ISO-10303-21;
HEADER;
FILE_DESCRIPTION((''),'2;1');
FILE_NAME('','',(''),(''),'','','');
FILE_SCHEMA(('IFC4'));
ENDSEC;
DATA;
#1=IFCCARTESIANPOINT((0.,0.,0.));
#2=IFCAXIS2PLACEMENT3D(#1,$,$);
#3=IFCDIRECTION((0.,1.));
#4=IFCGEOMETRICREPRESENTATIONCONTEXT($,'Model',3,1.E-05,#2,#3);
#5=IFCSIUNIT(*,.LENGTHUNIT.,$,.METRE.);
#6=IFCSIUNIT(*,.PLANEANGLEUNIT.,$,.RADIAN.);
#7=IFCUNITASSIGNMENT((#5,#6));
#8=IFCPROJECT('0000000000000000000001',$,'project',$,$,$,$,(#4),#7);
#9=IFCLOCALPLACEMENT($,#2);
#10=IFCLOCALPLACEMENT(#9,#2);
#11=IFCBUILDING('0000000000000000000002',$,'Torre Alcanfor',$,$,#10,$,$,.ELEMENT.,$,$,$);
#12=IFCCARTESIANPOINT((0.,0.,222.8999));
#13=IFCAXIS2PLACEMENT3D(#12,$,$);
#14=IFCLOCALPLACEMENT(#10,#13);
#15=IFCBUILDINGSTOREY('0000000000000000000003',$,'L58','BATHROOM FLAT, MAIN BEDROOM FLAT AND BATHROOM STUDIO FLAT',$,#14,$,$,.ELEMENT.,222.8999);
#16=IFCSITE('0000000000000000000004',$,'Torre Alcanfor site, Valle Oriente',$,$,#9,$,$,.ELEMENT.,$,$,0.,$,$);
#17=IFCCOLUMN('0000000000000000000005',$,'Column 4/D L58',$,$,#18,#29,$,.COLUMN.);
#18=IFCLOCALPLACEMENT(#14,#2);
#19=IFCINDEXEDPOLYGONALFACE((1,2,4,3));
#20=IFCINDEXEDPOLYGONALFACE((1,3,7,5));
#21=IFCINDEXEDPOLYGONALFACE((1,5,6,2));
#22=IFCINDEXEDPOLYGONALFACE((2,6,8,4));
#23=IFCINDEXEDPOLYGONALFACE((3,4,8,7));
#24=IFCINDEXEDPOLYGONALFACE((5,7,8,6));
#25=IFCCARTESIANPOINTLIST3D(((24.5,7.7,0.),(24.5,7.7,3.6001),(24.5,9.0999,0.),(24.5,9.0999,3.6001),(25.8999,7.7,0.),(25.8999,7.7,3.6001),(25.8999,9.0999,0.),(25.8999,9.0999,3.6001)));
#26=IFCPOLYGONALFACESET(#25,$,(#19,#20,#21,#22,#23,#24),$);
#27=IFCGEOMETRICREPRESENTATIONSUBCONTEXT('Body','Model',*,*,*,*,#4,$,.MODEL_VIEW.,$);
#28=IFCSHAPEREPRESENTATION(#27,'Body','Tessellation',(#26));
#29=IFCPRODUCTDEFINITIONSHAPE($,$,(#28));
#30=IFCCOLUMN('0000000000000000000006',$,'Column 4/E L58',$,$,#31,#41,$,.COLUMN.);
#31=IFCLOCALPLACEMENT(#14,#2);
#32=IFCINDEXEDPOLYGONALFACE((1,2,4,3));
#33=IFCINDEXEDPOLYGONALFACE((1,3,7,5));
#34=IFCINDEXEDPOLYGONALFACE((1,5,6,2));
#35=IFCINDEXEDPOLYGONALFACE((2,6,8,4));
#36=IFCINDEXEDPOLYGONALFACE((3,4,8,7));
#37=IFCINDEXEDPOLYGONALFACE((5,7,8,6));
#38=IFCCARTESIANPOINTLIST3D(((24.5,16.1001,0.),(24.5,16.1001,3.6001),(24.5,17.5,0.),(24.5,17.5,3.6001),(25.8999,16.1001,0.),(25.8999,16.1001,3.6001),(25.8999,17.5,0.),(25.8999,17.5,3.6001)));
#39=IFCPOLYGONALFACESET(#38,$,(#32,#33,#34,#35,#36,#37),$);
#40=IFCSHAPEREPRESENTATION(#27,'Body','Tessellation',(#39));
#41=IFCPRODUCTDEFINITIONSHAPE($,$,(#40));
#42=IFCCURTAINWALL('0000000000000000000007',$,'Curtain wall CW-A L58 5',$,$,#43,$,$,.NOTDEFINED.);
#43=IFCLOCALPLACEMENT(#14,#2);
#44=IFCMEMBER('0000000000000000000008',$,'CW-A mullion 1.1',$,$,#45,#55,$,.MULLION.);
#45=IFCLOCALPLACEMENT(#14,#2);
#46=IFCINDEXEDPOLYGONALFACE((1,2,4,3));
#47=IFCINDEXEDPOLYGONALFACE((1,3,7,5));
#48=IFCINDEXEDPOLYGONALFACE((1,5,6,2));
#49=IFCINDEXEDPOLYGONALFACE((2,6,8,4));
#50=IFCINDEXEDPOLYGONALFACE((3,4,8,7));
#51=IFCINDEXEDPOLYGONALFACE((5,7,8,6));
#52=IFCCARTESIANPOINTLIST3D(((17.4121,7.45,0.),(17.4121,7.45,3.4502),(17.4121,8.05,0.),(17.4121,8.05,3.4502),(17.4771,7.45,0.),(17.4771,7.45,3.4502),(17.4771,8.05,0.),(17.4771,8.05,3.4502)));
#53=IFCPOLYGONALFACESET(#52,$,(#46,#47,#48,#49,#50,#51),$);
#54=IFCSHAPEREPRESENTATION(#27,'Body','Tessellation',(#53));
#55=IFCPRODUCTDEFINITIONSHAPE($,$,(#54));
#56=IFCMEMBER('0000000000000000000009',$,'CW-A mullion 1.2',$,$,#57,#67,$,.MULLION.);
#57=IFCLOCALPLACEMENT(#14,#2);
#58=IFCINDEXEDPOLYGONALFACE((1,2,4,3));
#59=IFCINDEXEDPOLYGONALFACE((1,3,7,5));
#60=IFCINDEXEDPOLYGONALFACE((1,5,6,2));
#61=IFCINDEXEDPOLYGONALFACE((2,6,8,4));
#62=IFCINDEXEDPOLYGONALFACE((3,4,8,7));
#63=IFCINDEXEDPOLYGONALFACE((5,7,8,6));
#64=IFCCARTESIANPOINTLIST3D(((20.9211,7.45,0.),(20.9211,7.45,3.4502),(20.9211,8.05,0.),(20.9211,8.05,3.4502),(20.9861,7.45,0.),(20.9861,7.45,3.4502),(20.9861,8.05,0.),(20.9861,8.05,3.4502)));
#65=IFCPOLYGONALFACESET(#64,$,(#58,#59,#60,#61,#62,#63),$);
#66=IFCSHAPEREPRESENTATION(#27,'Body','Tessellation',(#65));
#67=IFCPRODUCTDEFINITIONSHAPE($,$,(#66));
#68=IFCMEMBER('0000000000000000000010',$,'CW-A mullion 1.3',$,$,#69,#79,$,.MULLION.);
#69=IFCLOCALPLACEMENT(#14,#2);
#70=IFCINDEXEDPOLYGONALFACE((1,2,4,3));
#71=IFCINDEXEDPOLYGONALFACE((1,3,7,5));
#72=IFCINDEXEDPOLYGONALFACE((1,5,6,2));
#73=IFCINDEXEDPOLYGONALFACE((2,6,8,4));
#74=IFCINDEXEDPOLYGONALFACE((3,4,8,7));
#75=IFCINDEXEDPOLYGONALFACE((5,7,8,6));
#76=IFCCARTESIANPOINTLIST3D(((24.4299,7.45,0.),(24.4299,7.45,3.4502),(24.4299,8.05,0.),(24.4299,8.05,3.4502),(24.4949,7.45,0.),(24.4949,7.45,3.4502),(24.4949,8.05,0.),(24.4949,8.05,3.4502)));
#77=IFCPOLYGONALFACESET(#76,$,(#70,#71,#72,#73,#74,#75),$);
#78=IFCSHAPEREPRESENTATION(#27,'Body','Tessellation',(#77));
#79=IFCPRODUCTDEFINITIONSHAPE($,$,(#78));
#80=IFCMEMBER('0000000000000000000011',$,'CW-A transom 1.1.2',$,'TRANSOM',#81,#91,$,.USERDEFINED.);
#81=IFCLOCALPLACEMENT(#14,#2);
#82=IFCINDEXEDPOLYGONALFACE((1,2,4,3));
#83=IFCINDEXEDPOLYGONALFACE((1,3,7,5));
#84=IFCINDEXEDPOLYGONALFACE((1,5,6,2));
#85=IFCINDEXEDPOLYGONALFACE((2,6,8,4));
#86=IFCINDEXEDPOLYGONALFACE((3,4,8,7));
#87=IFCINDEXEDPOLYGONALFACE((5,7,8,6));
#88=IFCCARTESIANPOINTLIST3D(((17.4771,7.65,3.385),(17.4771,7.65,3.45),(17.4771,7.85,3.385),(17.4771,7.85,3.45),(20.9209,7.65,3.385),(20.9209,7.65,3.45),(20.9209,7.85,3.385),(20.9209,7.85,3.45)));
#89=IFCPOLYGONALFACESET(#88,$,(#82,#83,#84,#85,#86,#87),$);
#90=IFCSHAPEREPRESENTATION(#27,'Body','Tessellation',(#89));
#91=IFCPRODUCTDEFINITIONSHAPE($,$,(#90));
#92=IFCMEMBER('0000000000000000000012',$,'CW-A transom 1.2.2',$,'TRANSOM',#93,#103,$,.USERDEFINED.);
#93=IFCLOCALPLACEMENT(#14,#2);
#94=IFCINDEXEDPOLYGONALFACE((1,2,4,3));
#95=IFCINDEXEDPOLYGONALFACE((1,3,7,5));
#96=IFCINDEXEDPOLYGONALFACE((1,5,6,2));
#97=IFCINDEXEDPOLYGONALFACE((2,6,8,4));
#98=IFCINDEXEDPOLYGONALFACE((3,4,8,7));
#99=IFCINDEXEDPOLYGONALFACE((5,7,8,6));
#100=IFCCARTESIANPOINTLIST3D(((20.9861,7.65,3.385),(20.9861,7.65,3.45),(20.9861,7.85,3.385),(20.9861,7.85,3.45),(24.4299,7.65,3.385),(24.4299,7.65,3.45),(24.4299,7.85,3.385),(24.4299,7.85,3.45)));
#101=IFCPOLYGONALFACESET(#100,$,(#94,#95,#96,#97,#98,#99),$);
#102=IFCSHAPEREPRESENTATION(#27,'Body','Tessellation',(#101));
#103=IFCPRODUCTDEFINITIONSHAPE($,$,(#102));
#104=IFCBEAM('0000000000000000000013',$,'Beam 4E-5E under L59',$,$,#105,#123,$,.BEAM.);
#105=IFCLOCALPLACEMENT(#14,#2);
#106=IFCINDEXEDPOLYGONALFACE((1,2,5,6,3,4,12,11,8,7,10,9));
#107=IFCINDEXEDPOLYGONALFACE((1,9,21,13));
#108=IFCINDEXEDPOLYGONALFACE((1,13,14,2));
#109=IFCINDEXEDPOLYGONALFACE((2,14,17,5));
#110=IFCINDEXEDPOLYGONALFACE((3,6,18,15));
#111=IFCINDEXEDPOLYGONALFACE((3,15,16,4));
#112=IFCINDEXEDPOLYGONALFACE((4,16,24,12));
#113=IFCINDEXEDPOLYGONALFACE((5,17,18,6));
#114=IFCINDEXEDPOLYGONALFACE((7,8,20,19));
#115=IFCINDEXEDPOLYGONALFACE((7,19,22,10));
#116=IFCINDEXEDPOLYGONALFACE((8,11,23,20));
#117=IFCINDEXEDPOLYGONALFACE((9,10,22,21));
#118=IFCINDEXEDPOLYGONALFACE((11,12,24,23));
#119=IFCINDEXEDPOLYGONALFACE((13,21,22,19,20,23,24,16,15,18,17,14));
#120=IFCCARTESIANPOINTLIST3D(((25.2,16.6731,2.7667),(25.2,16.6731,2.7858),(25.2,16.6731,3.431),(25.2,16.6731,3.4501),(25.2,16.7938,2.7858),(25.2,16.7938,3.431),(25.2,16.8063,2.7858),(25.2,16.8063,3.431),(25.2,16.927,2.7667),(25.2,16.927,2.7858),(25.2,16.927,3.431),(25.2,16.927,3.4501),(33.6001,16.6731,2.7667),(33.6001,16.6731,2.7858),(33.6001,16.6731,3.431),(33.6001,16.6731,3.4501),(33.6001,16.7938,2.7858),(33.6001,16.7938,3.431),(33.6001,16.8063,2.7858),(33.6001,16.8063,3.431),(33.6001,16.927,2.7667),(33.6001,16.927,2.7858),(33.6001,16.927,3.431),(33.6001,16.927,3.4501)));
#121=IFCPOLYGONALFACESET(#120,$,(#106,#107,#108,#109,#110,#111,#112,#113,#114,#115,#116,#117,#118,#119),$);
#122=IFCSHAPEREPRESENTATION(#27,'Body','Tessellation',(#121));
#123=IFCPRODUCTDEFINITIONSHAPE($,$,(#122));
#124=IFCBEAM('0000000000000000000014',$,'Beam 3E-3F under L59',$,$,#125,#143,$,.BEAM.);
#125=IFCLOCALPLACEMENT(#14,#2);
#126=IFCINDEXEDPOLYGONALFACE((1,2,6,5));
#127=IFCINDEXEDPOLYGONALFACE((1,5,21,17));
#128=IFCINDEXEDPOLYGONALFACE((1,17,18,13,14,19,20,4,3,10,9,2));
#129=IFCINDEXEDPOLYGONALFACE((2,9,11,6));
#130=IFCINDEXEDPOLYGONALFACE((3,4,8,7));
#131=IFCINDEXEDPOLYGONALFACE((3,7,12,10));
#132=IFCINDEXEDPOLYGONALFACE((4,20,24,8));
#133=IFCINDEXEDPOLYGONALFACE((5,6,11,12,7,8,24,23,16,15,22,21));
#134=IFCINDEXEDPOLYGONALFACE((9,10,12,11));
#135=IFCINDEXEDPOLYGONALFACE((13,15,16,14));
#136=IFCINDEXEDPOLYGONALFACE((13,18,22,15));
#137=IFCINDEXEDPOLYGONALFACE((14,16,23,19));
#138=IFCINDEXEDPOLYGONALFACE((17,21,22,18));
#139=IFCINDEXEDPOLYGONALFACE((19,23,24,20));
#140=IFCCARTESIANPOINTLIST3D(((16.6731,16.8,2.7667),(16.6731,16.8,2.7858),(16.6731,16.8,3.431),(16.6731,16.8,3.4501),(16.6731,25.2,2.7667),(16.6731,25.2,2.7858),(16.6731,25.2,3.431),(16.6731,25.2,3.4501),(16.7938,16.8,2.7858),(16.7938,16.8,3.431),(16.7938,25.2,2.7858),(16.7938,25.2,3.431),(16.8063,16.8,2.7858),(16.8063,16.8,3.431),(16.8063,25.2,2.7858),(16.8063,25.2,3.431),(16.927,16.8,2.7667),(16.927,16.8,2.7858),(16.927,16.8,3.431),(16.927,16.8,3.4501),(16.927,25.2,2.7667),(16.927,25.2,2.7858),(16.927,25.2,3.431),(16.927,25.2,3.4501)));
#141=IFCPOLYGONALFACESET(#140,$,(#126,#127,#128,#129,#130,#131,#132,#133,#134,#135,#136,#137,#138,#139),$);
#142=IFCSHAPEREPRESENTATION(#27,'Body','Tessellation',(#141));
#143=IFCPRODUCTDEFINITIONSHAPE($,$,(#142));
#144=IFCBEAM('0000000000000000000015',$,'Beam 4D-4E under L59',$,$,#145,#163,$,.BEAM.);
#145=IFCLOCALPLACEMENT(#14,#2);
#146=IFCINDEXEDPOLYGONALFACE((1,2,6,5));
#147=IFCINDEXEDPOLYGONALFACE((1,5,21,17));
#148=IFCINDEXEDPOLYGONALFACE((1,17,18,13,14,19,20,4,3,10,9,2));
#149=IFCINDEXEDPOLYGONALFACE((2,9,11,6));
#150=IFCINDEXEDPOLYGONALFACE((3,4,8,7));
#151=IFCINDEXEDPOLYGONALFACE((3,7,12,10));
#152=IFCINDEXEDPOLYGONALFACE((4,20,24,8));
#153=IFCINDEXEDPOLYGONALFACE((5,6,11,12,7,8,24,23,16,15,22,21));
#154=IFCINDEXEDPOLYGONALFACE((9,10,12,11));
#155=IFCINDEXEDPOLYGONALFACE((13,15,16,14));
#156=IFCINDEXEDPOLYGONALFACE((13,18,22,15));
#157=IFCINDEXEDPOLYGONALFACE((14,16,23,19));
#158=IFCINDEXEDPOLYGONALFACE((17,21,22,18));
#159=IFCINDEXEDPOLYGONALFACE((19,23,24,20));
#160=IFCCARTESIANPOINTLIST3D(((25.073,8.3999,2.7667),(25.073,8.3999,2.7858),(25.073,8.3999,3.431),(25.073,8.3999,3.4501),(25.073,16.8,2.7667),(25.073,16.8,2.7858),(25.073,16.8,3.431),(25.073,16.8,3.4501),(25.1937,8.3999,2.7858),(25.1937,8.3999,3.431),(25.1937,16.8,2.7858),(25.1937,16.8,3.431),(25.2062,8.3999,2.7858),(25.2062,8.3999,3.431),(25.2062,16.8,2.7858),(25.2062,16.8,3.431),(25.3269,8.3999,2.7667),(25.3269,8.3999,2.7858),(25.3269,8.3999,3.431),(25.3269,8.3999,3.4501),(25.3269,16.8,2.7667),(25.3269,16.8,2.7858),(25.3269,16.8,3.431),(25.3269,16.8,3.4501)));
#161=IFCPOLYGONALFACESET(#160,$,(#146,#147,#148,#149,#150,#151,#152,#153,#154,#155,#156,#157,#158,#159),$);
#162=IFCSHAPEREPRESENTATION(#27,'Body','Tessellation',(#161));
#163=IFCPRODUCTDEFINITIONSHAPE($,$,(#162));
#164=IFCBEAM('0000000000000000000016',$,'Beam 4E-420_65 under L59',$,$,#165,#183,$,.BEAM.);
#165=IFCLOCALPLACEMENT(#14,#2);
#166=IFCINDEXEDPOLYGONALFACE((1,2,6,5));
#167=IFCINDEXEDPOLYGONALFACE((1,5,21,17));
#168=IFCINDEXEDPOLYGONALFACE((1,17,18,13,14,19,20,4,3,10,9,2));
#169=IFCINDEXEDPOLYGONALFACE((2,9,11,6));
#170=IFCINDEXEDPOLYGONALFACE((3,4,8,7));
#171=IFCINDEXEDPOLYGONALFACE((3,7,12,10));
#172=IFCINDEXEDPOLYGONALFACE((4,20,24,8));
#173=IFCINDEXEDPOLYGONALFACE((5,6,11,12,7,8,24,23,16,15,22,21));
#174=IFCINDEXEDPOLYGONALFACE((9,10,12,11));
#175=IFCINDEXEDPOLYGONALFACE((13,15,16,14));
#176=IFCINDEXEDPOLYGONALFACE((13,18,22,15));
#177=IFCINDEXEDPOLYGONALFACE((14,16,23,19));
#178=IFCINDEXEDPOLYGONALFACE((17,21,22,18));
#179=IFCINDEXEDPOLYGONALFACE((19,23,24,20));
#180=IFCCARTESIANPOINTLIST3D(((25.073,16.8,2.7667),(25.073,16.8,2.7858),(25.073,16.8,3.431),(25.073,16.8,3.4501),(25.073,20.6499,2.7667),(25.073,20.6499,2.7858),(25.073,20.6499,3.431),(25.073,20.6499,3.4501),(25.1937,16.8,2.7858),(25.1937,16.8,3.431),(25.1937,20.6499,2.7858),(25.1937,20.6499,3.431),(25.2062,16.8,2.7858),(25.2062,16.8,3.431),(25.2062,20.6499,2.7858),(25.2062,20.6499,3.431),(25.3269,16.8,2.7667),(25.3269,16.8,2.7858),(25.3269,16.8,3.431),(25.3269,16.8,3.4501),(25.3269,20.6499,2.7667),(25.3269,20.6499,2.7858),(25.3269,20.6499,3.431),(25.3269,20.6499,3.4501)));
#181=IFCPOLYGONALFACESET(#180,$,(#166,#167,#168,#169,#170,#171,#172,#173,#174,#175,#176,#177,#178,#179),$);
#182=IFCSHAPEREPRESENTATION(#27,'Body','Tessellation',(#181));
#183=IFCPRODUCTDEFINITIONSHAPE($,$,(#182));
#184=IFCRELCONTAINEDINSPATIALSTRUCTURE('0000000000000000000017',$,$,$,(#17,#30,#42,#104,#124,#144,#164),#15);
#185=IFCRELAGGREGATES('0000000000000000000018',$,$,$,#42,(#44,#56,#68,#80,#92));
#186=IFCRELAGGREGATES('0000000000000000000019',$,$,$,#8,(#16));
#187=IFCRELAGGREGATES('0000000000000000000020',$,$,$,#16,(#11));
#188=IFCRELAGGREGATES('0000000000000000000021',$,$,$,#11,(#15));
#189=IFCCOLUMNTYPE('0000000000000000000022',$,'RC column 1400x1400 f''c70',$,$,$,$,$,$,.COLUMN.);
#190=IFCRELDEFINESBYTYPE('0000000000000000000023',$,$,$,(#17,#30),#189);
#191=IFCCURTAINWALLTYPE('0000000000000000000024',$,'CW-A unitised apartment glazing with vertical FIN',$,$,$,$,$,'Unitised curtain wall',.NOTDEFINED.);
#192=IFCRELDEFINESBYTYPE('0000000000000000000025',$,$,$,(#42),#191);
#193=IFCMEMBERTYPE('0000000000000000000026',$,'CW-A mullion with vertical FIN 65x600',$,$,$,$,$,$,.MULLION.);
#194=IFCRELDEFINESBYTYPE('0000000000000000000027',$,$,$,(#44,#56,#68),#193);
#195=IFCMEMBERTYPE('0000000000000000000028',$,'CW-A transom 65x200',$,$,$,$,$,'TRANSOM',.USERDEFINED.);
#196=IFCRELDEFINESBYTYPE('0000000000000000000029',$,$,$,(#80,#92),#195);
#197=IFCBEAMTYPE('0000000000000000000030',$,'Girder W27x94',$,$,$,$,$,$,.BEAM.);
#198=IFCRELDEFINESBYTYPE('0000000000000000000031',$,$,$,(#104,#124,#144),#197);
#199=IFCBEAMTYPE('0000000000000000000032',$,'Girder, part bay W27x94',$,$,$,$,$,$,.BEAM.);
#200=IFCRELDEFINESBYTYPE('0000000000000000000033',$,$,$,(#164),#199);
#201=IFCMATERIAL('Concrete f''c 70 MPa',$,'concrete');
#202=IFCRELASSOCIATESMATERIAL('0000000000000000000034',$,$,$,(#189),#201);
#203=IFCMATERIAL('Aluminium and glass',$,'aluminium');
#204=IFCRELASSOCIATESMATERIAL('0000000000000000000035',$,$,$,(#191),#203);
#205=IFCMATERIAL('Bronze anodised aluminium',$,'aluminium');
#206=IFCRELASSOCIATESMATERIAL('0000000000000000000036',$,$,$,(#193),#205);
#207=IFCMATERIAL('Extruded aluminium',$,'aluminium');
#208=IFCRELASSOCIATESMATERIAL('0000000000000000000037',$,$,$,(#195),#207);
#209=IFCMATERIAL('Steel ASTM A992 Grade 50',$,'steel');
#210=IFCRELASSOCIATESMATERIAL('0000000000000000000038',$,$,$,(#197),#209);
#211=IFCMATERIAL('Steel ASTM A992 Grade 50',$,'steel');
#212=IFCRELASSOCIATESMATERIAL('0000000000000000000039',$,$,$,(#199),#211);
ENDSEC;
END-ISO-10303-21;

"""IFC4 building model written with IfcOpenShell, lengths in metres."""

from ifc_helpers import new_model, si_unit, direction, frame, origin, origin_2d, place, context, subcontext, project, spatial, rectangle, i_section, extrude, material, material_profile, profile_set, type_object, element, aggregate, save


model = new_model("IFC4")

# Units and contexts
model_context = context("Model", 3, precision=1e-05, world=origin(), true_north=direction((0.0, 1.0)))
body_context = subcontext(model_context, "Body", "Model", "MODEL_VIEW")
ifc_project = project(units=[si_unit("LENGTHUNIT", "METRE"), si_unit("PLANEANGLEUNIT", "RADIAN")], contexts=[model_context])

# Site, building, storey
site_placement = place(None, origin())
site = spatial("IfcSite", under=ifc_project, at=site_placement, Name="Torre Alcanfor site, Valle Oriente", CompositionType="ELEMENT", RefElevation=0.0)
building_placement = place(site_placement, origin())
building = spatial("IfcBuilding", under=site, at=building_placement, Name="Torre Alcanfor", CompositionType="ELEMENT")
storey_placement = place(building_placement, frame((0.0, 0.0, 222.8999)))
storey = spatial("IfcBuildingStorey", under=building, at=storey_placement, Name="L58", Description="BATHROOM FLAT, MAIN BEDROOM FLAT AND BATHROOM STUDIO FLAT", CompositionType="ELEMENT", Elevation=222.8999)

# Columns
ifc_material_1 = material(Name="Concrete f'c 70 MPa", Category="concrete")
ifc_material_profile_1 = material_profile(ifc_material_1, rectangle(XDim=1.3999, YDim=1.3999, at=origin_2d()), Name="1400x1400")
ifc_profile_set_1 = profile_set([ifc_material_profile_1], Name="Concrete f'c 70 MPa")
column_type = type_object("IfcColumnType", Name="RC column 1400x1400 f'c70", PredefinedType="COLUMN", material=ifc_profile_set_1)
for number, where, z_axis, x_axis, name in (
    (1, (25.2, 8.3999, 0.0), (0.0, 0.0, 1.0), (1.0, 0.0, 0.0), "Column 4/D L58"),
    (2, (25.2, 16.8, 0.0), (0.0, 0.0, 1.0), (1.0, 0.0, 0.0), "Column 4/E L58"),
):
    element("IfcColumn", number, at=place(storey_placement, frame(where, z_axis=z_axis, x_axis=x_axis)), inside=storey, type_object=column_type, Name=name, PredefinedType="COLUMN", context=body_context, shape_type="SweptSolid", body=[
        extrude(rectangle(XDim=1.3999, YDim=1.3999, at=origin_2d()), origin(), (0.0, 0.0, 1.0), 3.6001),
    ])

# Curtain wall, members
ifc_material_2 = material(Name="Aluminium and glass", Category="aluminium")
curtain_wall_type = type_object("IfcCurtainWallType", Name="CW-A unitised apartment glazing with vertical FIN", ElementType="Unitised curtain wall", PredefinedType="NOTDEFINED", material=ifc_material_2)
curtain_wall_placement = place(storey_placement, origin())
curtain_wall = element("IfcCurtainWall", 3, at=curtain_wall_placement, inside=storey, type_object=curtain_wall_type, Name="Curtain wall CW-A L58 5", PredefinedType="NOTDEFINED")
ifc_material_3 = material(Name="Bronze anodised aluminium", Category="aluminium")
ifc_material_profile_2 = material_profile(ifc_material_3, rectangle(XDim=0.6001, YDim=0.0649, at=origin_2d()), Name="CW-A mullion 65x600")
ifc_profile_set_2 = profile_set([ifc_material_profile_2], Name="Bronze anodised aluminium")
member_type_1 = type_object("IfcMemberType", Name="CW-A mullion with vertical FIN 65x600", PredefinedType="MULLION", material=ifc_profile_set_2)
member_1_placement = place(storey_placement, frame((17.4446, 7.75, 0.0), z_axis=(0.0, 0.0, 1.0), x_axis=(0.0, 1.0, 0.0)))
member_1 = element("IfcMember", 4, at=member_1_placement, type_object=member_type_1, Name="CW-A mullion 1.1", PredefinedType="MULLION", context=body_context, shape_type="SweptSolid", body=[
    extrude(rectangle(XDim=0.6001, YDim=0.0649, at=origin_2d()), origin(), (0.0, 0.0, 1.0), 3.4502),
])
member_2_placement = place(storey_placement, frame((20.9536, 7.75, 0.0), z_axis=(0.0, 0.0, 1.0), x_axis=(0.0, 1.0, 0.0)))
member_2 = element("IfcMember", 5, at=member_2_placement, type_object=member_type_1, Name="CW-A mullion 1.2", PredefinedType="MULLION", context=body_context, shape_type="SweptSolid", body=[
    extrude(rectangle(XDim=0.6001, YDim=0.0649, at=origin_2d()), origin(), (0.0, 0.0, 1.0), 3.4502),
])
member_3_placement = place(storey_placement, frame((24.4624, 7.75, 0.0), z_axis=(0.0, 0.0, 1.0), x_axis=(0.0, 1.0, 0.0)))
member_3 = element("IfcMember", 6, at=member_3_placement, type_object=member_type_1, Name="CW-A mullion 1.3", PredefinedType="MULLION", context=body_context, shape_type="SweptSolid", body=[
    extrude(rectangle(XDim=0.6001, YDim=0.0649, at=origin_2d()), origin(), (0.0, 0.0, 1.0), 3.4502),
])
ifc_material_4 = material(Name="Extruded aluminium", Category="aluminium")
ifc_material_profile_3 = material_profile(ifc_material_4, rectangle(XDim=0.2, YDim=0.0649, at=origin_2d()), Name="CW-A transom 200x65")
ifc_profile_set_3 = profile_set([ifc_material_profile_3], Name="Extruded aluminium")
member_type_2 = type_object("IfcMemberType", Name="CW-A transom 65x200", ElementType="TRANSOM", PredefinedType="USERDEFINED", material=ifc_profile_set_3)
member_4_placement = place(storey_placement, frame((17.4771, 7.75, 3.4175), z_axis=(1.0, 0.0, 0.0), x_axis=(0.0, 1.0, 0.0)))
member_4 = element("IfcMember", 7, at=member_4_placement, type_object=member_type_2, Name="CW-A transom 1.1.2", ObjectType="TRANSOM", PredefinedType="USERDEFINED", context=body_context, shape_type="SweptSolid", body=[
    extrude(rectangle(XDim=0.2, YDim=0.0649, at=origin_2d()), origin(), (0.0, 0.0, 1.0), 3.4438),
])
member_5_placement = place(storey_placement, frame((20.9861, 7.75, 3.4175), z_axis=(1.0, 0.0, 0.0), x_axis=(0.0, 1.0, 0.0)))
member_5 = element("IfcMember", 8, at=member_5_placement, type_object=member_type_2, Name="CW-A transom 1.2.2", ObjectType="TRANSOM", PredefinedType="USERDEFINED", context=body_context, shape_type="SweptSolid", body=[
    extrude(rectangle(XDim=0.2, YDim=0.0649, at=origin_2d()), origin(), (0.0, 0.0, 1.0), 3.4438),
])

# Beams
ifc_material_5 = material(Name="Steel ASTM A992 Grade 50", Category="steel")
ifc_material_profile_4 = material_profile(ifc_material_5, i_section(OverallWidth=0.2539, OverallDepth=0.6833, WebThickness=0.0125, FlangeThickness=0.019, at=origin_2d()), Name="W27x94")
ifc_profile_set_4 = profile_set([ifc_material_profile_4], Name="Steel ASTM A992 Grade 50")
beam_type_1 = type_object("IfcBeamType", Name="Girder W27x94", PredefinedType="BEAM", material=ifc_profile_set_4)
beam_1_placement = place(storey_placement, frame((25.2, 16.8, 3.1084), z_axis=(1.0, 0.0, 0.0), x_axis=(0.0, 1.0, 0.0)))
element("IfcBeam", 9, at=beam_1_placement, inside=storey, type_object=beam_type_1, Name="Beam 4E-5E under L59", PredefinedType="BEAM", context=body_context, shape_type="SweptSolid", body=[
    extrude(i_section(OverallWidth=0.2539, OverallDepth=0.6833, WebThickness=0.0125, FlangeThickness=0.019, at=origin_2d()), origin(), (0.0, 0.0, 1.0), 8.4001),
])
beam_2_placement = place(storey_placement, frame((16.8, 16.8, 3.1084), z_axis=(0.0, 1.0, 0.0), x_axis=(-1.0, 0.0, 0.0)))
element("IfcBeam", 10, at=beam_2_placement, inside=storey, type_object=beam_type_1, Name="Beam 3E-3F under L59", PredefinedType="BEAM", context=body_context, shape_type="SweptSolid", body=[
    extrude(i_section(OverallWidth=0.2539, OverallDepth=0.6833, WebThickness=0.0125, FlangeThickness=0.019, at=origin_2d()), origin(), (0.0, 0.0, 1.0), 8.3999),
])
beam_3_placement = place(storey_placement, frame((25.2, 8.3999, 3.1084), z_axis=(0.0, 1.0, 0.0), x_axis=(-1.0, 0.0, 0.0)))
element("IfcBeam", 11, at=beam_3_placement, inside=storey, type_object=beam_type_1, Name="Beam 4D-4E under L59", PredefinedType="BEAM", context=body_context, shape_type="SweptSolid", body=[
    extrude(i_section(OverallWidth=0.2539, OverallDepth=0.6833, WebThickness=0.0125, FlangeThickness=0.019, at=origin_2d()), origin(), (0.0, 0.0, 1.0), 8.4001),
])
ifc_material_6 = material(Name="Steel ASTM A992 Grade 50", Category="steel")
ifc_material_profile_5 = material_profile(ifc_material_6, i_section(OverallWidth=0.2539, OverallDepth=0.6833, WebThickness=0.0125, FlangeThickness=0.019, at=origin_2d()), Name="W27x94")
ifc_profile_set_5 = profile_set([ifc_material_profile_5], Name="Steel ASTM A992 Grade 50")
beam_type_2 = type_object("IfcBeamType", Name="Girder, part bay W27x94", PredefinedType="BEAM", material=ifc_profile_set_5)
beam_4_placement = place(storey_placement, frame((25.2, 16.8, 3.1084), z_axis=(0.0, 1.0, 0.0), x_axis=(-1.0, 0.0, 0.0)))
element("IfcBeam", 12, at=beam_4_placement, inside=storey, type_object=beam_type_2, Name="Beam 4E-420_65 under L59", PredefinedType="BEAM", context=body_context, shape_type="SweptSolid", body=[
    extrude(i_section(OverallWidth=0.2539, OverallDepth=0.6833, WebThickness=0.0125, FlangeThickness=0.019, at=origin_2d()), origin(), (0.0, 0.0, 1.0), 3.8499),
])

aggregate(curtain_wall, [member_1, member_2, member_3, member_4, member_5])

save(model, "model.ifc")
